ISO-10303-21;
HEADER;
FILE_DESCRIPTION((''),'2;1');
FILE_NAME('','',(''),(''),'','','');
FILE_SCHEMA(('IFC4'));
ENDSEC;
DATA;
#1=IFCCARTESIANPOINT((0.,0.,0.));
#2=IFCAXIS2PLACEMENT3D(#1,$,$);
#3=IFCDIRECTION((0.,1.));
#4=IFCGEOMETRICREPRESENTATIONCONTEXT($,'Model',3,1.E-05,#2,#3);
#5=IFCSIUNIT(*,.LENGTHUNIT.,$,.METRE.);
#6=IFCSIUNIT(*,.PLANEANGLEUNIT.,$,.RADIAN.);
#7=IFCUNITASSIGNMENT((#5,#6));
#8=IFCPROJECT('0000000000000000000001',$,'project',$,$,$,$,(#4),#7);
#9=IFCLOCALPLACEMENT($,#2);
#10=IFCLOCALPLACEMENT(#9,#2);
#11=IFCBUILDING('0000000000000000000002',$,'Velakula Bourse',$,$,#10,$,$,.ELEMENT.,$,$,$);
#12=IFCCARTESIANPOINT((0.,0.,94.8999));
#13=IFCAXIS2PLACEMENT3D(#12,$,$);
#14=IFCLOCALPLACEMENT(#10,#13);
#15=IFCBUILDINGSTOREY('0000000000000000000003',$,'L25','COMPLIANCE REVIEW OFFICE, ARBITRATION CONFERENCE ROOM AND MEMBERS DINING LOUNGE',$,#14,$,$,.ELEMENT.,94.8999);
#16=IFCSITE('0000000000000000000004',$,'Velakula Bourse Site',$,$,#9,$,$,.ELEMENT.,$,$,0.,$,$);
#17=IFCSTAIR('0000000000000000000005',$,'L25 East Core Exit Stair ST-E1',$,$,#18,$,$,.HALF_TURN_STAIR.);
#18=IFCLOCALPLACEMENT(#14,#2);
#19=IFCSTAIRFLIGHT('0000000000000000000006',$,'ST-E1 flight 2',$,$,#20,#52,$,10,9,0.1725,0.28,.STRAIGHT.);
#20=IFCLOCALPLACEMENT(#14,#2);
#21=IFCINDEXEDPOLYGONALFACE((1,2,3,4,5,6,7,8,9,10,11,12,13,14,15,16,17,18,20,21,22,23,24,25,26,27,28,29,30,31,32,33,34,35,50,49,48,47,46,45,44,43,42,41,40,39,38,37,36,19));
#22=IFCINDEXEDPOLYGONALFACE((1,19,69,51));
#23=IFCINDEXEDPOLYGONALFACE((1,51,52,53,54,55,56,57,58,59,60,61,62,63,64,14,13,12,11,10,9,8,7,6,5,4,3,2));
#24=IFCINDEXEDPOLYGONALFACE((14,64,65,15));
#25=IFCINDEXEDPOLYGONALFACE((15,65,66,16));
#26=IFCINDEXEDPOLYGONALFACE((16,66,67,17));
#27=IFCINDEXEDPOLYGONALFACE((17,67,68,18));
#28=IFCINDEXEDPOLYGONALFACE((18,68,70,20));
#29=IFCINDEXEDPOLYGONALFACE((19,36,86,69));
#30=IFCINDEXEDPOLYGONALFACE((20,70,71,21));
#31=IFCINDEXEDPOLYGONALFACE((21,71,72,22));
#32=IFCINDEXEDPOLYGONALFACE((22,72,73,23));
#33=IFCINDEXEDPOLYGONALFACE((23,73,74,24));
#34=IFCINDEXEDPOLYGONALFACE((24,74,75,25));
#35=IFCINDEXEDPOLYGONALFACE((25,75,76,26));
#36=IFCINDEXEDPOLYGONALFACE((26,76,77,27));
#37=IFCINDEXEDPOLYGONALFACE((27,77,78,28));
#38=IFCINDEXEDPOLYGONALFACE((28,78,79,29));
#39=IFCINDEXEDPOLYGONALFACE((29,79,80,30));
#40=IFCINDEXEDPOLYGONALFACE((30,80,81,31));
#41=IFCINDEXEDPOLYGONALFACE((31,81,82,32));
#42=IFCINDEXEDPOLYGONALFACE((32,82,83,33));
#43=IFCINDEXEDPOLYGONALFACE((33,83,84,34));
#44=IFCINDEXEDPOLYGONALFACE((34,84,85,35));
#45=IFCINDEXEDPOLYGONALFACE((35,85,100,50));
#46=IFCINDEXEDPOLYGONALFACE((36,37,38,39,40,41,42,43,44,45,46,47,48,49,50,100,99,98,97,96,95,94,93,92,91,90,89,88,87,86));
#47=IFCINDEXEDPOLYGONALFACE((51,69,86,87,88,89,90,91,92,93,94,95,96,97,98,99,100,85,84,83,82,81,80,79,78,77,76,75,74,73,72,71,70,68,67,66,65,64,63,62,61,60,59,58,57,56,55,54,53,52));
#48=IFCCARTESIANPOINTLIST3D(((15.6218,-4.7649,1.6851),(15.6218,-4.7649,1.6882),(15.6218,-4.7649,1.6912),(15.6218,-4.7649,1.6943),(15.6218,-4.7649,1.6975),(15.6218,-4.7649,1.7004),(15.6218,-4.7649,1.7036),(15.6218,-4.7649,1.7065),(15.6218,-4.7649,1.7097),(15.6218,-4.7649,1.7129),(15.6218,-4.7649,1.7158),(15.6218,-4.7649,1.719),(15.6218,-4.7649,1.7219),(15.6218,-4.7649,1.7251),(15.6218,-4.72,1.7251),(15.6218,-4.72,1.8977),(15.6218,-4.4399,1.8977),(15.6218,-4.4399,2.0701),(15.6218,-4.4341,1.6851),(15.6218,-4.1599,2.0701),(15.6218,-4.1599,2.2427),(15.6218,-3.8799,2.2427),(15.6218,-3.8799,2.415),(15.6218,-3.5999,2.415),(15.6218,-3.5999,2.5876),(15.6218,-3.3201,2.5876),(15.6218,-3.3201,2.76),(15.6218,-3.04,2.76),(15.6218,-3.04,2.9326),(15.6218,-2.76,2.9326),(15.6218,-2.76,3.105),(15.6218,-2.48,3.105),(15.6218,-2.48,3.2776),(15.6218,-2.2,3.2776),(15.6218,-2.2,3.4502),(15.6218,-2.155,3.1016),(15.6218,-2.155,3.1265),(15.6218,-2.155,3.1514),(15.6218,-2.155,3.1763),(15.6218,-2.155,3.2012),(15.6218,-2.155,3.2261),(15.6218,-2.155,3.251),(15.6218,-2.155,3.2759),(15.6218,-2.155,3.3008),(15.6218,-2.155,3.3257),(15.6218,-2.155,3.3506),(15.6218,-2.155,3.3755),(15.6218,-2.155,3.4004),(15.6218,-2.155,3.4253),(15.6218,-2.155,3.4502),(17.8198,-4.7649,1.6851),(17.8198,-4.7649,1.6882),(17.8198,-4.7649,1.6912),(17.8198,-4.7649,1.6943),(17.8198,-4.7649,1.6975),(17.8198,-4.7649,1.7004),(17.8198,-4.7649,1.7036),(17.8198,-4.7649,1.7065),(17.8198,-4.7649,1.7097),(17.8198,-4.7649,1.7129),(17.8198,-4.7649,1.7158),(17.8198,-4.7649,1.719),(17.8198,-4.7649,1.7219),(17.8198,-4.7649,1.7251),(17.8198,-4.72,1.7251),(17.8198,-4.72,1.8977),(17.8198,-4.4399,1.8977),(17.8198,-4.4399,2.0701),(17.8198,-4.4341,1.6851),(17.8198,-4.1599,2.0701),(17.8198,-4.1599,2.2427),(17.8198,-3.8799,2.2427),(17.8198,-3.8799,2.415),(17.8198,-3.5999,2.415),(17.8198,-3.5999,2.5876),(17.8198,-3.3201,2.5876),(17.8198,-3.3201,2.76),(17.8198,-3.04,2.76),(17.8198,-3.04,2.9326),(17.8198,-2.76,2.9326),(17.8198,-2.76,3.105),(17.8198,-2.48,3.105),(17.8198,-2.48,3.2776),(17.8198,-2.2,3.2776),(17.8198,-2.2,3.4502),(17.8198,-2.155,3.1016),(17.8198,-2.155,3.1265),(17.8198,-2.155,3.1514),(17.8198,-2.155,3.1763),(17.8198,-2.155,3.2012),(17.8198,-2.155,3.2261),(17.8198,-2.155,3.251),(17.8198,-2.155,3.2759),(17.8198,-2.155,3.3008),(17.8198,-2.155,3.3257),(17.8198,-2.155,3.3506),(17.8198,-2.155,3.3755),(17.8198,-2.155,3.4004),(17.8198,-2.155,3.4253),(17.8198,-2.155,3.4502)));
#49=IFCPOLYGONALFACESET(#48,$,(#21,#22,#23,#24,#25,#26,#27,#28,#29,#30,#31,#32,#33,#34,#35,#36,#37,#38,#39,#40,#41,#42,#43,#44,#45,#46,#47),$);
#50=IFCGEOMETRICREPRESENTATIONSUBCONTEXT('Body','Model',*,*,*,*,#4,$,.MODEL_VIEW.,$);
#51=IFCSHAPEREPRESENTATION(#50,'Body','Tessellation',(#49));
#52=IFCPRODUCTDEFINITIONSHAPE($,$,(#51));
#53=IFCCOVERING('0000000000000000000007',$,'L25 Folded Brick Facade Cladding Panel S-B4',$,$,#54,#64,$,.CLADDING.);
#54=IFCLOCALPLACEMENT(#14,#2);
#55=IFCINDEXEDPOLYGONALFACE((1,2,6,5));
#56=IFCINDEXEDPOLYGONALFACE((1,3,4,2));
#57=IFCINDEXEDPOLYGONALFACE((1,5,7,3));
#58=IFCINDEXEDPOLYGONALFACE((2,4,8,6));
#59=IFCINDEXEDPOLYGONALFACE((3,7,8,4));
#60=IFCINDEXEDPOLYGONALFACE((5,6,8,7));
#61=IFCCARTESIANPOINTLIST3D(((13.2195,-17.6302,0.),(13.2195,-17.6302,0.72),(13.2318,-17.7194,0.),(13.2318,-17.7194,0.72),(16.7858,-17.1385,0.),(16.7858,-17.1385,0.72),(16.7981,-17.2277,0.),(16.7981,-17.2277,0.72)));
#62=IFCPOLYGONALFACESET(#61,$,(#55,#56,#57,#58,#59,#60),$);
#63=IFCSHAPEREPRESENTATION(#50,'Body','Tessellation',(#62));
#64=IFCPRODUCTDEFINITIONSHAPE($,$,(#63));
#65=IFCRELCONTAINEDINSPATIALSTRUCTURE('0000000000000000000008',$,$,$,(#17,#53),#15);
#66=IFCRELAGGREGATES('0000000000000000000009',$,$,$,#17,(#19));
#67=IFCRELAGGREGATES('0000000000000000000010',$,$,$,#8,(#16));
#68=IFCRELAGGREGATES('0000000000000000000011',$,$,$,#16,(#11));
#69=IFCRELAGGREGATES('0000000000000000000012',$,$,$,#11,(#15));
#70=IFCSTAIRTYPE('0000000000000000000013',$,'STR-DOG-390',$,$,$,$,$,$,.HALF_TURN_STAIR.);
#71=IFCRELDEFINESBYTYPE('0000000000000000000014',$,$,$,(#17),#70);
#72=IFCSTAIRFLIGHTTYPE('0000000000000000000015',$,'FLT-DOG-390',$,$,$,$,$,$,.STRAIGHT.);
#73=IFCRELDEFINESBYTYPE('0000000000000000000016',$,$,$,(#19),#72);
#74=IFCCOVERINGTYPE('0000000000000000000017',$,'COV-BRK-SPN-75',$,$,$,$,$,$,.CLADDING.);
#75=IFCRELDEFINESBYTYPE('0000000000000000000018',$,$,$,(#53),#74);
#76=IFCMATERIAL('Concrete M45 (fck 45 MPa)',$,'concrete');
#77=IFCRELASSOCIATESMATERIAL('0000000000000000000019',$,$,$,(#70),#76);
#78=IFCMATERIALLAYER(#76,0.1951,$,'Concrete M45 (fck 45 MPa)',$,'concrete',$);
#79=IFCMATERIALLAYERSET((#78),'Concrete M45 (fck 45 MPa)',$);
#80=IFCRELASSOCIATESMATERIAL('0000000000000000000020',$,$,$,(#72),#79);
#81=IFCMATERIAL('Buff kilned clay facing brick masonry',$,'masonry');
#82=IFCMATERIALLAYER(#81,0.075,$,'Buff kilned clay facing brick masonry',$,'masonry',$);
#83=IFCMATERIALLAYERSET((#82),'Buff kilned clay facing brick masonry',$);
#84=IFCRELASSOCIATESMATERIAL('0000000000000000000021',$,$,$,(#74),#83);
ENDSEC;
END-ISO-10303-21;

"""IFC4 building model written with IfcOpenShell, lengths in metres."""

from ifc_helpers import new_model, si_unit, direction, frame, origin, origin_2d, place, context, subcontext, project, spatial, polyline, rectangle, outline, extrude, material, layer, layer_set, type_object, element, aggregate, save


model = new_model("IFC4")

# Units and contexts
model_context = context("Model", 3, precision=1e-05, world=origin(), true_north=direction((0.0, 1.0)))
body_context = subcontext(model_context, "Body", "Model", "MODEL_VIEW")
ifc_project = project(units=[si_unit("LENGTHUNIT", "METRE"), si_unit("PLANEANGLEUNIT", "RADIAN")], contexts=[model_context])

# Site, building, storey
site_placement = place(None, origin())
site = spatial("IfcSite", under=ifc_project, at=site_placement, Name="Velakula Bourse Site", CompositionType="ELEMENT", RefElevation=0.0)
building_placement = place(site_placement, origin())
building = spatial("IfcBuilding", under=site, at=building_placement, Name="Velakula Bourse", CompositionType="ELEMENT")
storey_placement = place(building_placement, frame((0.0, 0.0, 94.8999)))
storey = spatial("IfcBuildingStorey", under=building, at=storey_placement, Name="L25", Description="COMPLIANCE REVIEW OFFICE, ARBITRATION CONFERENCE ROOM AND MEMBERS DINING LOUNGE", CompositionType="ELEMENT", Elevation=94.8999)

# Stair, stair flight
ifc_material_1 = material(Name="Concrete M45 (fck 45 MPa)", Category="concrete")
stair_type = type_object("IfcStairType", Name="STR-DOG-390", PredefinedType="HALF_TURN_STAIR", material=ifc_material_1)
stair_placement = place(storey_placement, origin())
stair = element("IfcStair", 1, at=stair_placement, inside=storey, type_object=stair_type, Name="L25 East Core Exit Stair ST-E1", PredefinedType="HALF_TURN_STAIR")
ifc_layer_1 = layer(ifc_material_1, 0.1951, Name="Concrete M45 (fck 45 MPa)", Category="concrete")
ifc_layer_set_1 = layer_set([ifc_layer_1], Name="Concrete M45 (fck 45 MPa)")
stair_flight_type = type_object("IfcStairFlightType", Name="FLT-DOG-390", PredefinedType="STRAIGHT", material=ifc_layer_set_1)
stair_flight_1_placement = place(storey_placement, frame((16.7209, -4.72, 1.7251), z_axis=(0.0, 0.0, 1.0), x_axis=(0.0, 1.0, 0.0)))
stair_flight_1 = element("IfcStairFlight", 2, at=stair_flight_1_placement, type_object=stair_flight_type, Name="ST-E1 flight 2", NumberOfRisers=10, NumberOfTreads=9, PredefinedType="STRAIGHT", RiserHeight=0.1725, TreadLength=0.28, context=body_context, shape_type="SweptSolid", body=[
    extrude(outline(polyline([(-0.0449, -0.04), (-0.0449, -0.0369), (-0.0449, -0.0339), (-0.0449, -0.0308), (-0.0449, -0.0276), (-0.0449, -0.0247), (-0.0449, -0.0215), (-0.0449, -0.0186), (-0.0449, -0.0154), (-0.0449, -0.0122), (-0.0449, -0.0093), (-0.0449, -0.0061), (-0.0449, -0.0032), (-0.0449, 0.0), (0.0, 0.0), (0.0, 0.1726), (0.28, 0.1726), (0.28, 0.345), (0.5601, 0.345), (0.5601, 0.5176), (0.8401, 0.5176), (0.8401, 0.6899), (1.1201, 0.6899), (1.1201, 0.8625), (1.3999, 0.8625), (1.3999, 1.0349), (1.6799, 1.0349), (1.6799, 1.2075), (1.96, 1.2075), (1.96, 1.3799), (2.24, 1.3799), (2.24, 1.5525), (2.52, 1.5525), (2.52, 1.7251), (2.5649, 1.7251), (2.5649, 1.7002), (2.5649, 1.6753), (2.5649, 1.6504), (2.5649, 1.6255), (2.5649, 1.6006), (2.5649, 1.5757), (2.5649, 1.5508), (2.5649, 1.5259), (2.5649, 1.501), (2.5649, 1.4761), (2.5649, 1.4512), (2.5649, 1.4263), (2.5649, 1.4014), (2.5649, 1.3765), (0.2859, -0.04), (-0.0449, -0.04)])), frame((0.0, 1.0991, 0.0), z_axis=(0.0, -1.0, 0.0), x_axis=(1.0, 0.0, 0.0)), (0.0, 0.0, 1.0), 2.198),
])
aggregate(stair, [stair_flight_1])

# Covering
ifc_material_2 = material(Name="Buff kilned clay facing brick masonry", Category="masonry")
ifc_layer_2 = layer(ifc_material_2, 0.075, Name="Buff kilned clay facing brick masonry", Category="masonry")
ifc_layer_set_2 = layer_set([ifc_layer_2], Name="Buff kilned clay facing brick masonry")
covering_type = type_object("IfcCoveringType", Name="COV-BRK-SPN-75", PredefinedType="CLADDING", material=ifc_layer_set_2)
covering_placement = place(storey_placement, frame((15.0088, -17.429, 0.0), z_axis=(0.0, 0.0, 1.0), x_axis=(0.990629, 0.13658, 0.0)))
element("IfcCovering", 3, at=covering_placement, inside=storey, type_object=covering_type, Name="L25 Folded Brick Facade Cladding Panel S-B4", PredefinedType="CLADDING", context=body_context, shape_type="SweptSolid", body=[
    extrude(rectangle(XDim=3.6001, YDim=0.0901, at=origin_2d()), origin(), (0.0, 0.0, 1.0), 0.72),
])

save(model, "model.ifc")
